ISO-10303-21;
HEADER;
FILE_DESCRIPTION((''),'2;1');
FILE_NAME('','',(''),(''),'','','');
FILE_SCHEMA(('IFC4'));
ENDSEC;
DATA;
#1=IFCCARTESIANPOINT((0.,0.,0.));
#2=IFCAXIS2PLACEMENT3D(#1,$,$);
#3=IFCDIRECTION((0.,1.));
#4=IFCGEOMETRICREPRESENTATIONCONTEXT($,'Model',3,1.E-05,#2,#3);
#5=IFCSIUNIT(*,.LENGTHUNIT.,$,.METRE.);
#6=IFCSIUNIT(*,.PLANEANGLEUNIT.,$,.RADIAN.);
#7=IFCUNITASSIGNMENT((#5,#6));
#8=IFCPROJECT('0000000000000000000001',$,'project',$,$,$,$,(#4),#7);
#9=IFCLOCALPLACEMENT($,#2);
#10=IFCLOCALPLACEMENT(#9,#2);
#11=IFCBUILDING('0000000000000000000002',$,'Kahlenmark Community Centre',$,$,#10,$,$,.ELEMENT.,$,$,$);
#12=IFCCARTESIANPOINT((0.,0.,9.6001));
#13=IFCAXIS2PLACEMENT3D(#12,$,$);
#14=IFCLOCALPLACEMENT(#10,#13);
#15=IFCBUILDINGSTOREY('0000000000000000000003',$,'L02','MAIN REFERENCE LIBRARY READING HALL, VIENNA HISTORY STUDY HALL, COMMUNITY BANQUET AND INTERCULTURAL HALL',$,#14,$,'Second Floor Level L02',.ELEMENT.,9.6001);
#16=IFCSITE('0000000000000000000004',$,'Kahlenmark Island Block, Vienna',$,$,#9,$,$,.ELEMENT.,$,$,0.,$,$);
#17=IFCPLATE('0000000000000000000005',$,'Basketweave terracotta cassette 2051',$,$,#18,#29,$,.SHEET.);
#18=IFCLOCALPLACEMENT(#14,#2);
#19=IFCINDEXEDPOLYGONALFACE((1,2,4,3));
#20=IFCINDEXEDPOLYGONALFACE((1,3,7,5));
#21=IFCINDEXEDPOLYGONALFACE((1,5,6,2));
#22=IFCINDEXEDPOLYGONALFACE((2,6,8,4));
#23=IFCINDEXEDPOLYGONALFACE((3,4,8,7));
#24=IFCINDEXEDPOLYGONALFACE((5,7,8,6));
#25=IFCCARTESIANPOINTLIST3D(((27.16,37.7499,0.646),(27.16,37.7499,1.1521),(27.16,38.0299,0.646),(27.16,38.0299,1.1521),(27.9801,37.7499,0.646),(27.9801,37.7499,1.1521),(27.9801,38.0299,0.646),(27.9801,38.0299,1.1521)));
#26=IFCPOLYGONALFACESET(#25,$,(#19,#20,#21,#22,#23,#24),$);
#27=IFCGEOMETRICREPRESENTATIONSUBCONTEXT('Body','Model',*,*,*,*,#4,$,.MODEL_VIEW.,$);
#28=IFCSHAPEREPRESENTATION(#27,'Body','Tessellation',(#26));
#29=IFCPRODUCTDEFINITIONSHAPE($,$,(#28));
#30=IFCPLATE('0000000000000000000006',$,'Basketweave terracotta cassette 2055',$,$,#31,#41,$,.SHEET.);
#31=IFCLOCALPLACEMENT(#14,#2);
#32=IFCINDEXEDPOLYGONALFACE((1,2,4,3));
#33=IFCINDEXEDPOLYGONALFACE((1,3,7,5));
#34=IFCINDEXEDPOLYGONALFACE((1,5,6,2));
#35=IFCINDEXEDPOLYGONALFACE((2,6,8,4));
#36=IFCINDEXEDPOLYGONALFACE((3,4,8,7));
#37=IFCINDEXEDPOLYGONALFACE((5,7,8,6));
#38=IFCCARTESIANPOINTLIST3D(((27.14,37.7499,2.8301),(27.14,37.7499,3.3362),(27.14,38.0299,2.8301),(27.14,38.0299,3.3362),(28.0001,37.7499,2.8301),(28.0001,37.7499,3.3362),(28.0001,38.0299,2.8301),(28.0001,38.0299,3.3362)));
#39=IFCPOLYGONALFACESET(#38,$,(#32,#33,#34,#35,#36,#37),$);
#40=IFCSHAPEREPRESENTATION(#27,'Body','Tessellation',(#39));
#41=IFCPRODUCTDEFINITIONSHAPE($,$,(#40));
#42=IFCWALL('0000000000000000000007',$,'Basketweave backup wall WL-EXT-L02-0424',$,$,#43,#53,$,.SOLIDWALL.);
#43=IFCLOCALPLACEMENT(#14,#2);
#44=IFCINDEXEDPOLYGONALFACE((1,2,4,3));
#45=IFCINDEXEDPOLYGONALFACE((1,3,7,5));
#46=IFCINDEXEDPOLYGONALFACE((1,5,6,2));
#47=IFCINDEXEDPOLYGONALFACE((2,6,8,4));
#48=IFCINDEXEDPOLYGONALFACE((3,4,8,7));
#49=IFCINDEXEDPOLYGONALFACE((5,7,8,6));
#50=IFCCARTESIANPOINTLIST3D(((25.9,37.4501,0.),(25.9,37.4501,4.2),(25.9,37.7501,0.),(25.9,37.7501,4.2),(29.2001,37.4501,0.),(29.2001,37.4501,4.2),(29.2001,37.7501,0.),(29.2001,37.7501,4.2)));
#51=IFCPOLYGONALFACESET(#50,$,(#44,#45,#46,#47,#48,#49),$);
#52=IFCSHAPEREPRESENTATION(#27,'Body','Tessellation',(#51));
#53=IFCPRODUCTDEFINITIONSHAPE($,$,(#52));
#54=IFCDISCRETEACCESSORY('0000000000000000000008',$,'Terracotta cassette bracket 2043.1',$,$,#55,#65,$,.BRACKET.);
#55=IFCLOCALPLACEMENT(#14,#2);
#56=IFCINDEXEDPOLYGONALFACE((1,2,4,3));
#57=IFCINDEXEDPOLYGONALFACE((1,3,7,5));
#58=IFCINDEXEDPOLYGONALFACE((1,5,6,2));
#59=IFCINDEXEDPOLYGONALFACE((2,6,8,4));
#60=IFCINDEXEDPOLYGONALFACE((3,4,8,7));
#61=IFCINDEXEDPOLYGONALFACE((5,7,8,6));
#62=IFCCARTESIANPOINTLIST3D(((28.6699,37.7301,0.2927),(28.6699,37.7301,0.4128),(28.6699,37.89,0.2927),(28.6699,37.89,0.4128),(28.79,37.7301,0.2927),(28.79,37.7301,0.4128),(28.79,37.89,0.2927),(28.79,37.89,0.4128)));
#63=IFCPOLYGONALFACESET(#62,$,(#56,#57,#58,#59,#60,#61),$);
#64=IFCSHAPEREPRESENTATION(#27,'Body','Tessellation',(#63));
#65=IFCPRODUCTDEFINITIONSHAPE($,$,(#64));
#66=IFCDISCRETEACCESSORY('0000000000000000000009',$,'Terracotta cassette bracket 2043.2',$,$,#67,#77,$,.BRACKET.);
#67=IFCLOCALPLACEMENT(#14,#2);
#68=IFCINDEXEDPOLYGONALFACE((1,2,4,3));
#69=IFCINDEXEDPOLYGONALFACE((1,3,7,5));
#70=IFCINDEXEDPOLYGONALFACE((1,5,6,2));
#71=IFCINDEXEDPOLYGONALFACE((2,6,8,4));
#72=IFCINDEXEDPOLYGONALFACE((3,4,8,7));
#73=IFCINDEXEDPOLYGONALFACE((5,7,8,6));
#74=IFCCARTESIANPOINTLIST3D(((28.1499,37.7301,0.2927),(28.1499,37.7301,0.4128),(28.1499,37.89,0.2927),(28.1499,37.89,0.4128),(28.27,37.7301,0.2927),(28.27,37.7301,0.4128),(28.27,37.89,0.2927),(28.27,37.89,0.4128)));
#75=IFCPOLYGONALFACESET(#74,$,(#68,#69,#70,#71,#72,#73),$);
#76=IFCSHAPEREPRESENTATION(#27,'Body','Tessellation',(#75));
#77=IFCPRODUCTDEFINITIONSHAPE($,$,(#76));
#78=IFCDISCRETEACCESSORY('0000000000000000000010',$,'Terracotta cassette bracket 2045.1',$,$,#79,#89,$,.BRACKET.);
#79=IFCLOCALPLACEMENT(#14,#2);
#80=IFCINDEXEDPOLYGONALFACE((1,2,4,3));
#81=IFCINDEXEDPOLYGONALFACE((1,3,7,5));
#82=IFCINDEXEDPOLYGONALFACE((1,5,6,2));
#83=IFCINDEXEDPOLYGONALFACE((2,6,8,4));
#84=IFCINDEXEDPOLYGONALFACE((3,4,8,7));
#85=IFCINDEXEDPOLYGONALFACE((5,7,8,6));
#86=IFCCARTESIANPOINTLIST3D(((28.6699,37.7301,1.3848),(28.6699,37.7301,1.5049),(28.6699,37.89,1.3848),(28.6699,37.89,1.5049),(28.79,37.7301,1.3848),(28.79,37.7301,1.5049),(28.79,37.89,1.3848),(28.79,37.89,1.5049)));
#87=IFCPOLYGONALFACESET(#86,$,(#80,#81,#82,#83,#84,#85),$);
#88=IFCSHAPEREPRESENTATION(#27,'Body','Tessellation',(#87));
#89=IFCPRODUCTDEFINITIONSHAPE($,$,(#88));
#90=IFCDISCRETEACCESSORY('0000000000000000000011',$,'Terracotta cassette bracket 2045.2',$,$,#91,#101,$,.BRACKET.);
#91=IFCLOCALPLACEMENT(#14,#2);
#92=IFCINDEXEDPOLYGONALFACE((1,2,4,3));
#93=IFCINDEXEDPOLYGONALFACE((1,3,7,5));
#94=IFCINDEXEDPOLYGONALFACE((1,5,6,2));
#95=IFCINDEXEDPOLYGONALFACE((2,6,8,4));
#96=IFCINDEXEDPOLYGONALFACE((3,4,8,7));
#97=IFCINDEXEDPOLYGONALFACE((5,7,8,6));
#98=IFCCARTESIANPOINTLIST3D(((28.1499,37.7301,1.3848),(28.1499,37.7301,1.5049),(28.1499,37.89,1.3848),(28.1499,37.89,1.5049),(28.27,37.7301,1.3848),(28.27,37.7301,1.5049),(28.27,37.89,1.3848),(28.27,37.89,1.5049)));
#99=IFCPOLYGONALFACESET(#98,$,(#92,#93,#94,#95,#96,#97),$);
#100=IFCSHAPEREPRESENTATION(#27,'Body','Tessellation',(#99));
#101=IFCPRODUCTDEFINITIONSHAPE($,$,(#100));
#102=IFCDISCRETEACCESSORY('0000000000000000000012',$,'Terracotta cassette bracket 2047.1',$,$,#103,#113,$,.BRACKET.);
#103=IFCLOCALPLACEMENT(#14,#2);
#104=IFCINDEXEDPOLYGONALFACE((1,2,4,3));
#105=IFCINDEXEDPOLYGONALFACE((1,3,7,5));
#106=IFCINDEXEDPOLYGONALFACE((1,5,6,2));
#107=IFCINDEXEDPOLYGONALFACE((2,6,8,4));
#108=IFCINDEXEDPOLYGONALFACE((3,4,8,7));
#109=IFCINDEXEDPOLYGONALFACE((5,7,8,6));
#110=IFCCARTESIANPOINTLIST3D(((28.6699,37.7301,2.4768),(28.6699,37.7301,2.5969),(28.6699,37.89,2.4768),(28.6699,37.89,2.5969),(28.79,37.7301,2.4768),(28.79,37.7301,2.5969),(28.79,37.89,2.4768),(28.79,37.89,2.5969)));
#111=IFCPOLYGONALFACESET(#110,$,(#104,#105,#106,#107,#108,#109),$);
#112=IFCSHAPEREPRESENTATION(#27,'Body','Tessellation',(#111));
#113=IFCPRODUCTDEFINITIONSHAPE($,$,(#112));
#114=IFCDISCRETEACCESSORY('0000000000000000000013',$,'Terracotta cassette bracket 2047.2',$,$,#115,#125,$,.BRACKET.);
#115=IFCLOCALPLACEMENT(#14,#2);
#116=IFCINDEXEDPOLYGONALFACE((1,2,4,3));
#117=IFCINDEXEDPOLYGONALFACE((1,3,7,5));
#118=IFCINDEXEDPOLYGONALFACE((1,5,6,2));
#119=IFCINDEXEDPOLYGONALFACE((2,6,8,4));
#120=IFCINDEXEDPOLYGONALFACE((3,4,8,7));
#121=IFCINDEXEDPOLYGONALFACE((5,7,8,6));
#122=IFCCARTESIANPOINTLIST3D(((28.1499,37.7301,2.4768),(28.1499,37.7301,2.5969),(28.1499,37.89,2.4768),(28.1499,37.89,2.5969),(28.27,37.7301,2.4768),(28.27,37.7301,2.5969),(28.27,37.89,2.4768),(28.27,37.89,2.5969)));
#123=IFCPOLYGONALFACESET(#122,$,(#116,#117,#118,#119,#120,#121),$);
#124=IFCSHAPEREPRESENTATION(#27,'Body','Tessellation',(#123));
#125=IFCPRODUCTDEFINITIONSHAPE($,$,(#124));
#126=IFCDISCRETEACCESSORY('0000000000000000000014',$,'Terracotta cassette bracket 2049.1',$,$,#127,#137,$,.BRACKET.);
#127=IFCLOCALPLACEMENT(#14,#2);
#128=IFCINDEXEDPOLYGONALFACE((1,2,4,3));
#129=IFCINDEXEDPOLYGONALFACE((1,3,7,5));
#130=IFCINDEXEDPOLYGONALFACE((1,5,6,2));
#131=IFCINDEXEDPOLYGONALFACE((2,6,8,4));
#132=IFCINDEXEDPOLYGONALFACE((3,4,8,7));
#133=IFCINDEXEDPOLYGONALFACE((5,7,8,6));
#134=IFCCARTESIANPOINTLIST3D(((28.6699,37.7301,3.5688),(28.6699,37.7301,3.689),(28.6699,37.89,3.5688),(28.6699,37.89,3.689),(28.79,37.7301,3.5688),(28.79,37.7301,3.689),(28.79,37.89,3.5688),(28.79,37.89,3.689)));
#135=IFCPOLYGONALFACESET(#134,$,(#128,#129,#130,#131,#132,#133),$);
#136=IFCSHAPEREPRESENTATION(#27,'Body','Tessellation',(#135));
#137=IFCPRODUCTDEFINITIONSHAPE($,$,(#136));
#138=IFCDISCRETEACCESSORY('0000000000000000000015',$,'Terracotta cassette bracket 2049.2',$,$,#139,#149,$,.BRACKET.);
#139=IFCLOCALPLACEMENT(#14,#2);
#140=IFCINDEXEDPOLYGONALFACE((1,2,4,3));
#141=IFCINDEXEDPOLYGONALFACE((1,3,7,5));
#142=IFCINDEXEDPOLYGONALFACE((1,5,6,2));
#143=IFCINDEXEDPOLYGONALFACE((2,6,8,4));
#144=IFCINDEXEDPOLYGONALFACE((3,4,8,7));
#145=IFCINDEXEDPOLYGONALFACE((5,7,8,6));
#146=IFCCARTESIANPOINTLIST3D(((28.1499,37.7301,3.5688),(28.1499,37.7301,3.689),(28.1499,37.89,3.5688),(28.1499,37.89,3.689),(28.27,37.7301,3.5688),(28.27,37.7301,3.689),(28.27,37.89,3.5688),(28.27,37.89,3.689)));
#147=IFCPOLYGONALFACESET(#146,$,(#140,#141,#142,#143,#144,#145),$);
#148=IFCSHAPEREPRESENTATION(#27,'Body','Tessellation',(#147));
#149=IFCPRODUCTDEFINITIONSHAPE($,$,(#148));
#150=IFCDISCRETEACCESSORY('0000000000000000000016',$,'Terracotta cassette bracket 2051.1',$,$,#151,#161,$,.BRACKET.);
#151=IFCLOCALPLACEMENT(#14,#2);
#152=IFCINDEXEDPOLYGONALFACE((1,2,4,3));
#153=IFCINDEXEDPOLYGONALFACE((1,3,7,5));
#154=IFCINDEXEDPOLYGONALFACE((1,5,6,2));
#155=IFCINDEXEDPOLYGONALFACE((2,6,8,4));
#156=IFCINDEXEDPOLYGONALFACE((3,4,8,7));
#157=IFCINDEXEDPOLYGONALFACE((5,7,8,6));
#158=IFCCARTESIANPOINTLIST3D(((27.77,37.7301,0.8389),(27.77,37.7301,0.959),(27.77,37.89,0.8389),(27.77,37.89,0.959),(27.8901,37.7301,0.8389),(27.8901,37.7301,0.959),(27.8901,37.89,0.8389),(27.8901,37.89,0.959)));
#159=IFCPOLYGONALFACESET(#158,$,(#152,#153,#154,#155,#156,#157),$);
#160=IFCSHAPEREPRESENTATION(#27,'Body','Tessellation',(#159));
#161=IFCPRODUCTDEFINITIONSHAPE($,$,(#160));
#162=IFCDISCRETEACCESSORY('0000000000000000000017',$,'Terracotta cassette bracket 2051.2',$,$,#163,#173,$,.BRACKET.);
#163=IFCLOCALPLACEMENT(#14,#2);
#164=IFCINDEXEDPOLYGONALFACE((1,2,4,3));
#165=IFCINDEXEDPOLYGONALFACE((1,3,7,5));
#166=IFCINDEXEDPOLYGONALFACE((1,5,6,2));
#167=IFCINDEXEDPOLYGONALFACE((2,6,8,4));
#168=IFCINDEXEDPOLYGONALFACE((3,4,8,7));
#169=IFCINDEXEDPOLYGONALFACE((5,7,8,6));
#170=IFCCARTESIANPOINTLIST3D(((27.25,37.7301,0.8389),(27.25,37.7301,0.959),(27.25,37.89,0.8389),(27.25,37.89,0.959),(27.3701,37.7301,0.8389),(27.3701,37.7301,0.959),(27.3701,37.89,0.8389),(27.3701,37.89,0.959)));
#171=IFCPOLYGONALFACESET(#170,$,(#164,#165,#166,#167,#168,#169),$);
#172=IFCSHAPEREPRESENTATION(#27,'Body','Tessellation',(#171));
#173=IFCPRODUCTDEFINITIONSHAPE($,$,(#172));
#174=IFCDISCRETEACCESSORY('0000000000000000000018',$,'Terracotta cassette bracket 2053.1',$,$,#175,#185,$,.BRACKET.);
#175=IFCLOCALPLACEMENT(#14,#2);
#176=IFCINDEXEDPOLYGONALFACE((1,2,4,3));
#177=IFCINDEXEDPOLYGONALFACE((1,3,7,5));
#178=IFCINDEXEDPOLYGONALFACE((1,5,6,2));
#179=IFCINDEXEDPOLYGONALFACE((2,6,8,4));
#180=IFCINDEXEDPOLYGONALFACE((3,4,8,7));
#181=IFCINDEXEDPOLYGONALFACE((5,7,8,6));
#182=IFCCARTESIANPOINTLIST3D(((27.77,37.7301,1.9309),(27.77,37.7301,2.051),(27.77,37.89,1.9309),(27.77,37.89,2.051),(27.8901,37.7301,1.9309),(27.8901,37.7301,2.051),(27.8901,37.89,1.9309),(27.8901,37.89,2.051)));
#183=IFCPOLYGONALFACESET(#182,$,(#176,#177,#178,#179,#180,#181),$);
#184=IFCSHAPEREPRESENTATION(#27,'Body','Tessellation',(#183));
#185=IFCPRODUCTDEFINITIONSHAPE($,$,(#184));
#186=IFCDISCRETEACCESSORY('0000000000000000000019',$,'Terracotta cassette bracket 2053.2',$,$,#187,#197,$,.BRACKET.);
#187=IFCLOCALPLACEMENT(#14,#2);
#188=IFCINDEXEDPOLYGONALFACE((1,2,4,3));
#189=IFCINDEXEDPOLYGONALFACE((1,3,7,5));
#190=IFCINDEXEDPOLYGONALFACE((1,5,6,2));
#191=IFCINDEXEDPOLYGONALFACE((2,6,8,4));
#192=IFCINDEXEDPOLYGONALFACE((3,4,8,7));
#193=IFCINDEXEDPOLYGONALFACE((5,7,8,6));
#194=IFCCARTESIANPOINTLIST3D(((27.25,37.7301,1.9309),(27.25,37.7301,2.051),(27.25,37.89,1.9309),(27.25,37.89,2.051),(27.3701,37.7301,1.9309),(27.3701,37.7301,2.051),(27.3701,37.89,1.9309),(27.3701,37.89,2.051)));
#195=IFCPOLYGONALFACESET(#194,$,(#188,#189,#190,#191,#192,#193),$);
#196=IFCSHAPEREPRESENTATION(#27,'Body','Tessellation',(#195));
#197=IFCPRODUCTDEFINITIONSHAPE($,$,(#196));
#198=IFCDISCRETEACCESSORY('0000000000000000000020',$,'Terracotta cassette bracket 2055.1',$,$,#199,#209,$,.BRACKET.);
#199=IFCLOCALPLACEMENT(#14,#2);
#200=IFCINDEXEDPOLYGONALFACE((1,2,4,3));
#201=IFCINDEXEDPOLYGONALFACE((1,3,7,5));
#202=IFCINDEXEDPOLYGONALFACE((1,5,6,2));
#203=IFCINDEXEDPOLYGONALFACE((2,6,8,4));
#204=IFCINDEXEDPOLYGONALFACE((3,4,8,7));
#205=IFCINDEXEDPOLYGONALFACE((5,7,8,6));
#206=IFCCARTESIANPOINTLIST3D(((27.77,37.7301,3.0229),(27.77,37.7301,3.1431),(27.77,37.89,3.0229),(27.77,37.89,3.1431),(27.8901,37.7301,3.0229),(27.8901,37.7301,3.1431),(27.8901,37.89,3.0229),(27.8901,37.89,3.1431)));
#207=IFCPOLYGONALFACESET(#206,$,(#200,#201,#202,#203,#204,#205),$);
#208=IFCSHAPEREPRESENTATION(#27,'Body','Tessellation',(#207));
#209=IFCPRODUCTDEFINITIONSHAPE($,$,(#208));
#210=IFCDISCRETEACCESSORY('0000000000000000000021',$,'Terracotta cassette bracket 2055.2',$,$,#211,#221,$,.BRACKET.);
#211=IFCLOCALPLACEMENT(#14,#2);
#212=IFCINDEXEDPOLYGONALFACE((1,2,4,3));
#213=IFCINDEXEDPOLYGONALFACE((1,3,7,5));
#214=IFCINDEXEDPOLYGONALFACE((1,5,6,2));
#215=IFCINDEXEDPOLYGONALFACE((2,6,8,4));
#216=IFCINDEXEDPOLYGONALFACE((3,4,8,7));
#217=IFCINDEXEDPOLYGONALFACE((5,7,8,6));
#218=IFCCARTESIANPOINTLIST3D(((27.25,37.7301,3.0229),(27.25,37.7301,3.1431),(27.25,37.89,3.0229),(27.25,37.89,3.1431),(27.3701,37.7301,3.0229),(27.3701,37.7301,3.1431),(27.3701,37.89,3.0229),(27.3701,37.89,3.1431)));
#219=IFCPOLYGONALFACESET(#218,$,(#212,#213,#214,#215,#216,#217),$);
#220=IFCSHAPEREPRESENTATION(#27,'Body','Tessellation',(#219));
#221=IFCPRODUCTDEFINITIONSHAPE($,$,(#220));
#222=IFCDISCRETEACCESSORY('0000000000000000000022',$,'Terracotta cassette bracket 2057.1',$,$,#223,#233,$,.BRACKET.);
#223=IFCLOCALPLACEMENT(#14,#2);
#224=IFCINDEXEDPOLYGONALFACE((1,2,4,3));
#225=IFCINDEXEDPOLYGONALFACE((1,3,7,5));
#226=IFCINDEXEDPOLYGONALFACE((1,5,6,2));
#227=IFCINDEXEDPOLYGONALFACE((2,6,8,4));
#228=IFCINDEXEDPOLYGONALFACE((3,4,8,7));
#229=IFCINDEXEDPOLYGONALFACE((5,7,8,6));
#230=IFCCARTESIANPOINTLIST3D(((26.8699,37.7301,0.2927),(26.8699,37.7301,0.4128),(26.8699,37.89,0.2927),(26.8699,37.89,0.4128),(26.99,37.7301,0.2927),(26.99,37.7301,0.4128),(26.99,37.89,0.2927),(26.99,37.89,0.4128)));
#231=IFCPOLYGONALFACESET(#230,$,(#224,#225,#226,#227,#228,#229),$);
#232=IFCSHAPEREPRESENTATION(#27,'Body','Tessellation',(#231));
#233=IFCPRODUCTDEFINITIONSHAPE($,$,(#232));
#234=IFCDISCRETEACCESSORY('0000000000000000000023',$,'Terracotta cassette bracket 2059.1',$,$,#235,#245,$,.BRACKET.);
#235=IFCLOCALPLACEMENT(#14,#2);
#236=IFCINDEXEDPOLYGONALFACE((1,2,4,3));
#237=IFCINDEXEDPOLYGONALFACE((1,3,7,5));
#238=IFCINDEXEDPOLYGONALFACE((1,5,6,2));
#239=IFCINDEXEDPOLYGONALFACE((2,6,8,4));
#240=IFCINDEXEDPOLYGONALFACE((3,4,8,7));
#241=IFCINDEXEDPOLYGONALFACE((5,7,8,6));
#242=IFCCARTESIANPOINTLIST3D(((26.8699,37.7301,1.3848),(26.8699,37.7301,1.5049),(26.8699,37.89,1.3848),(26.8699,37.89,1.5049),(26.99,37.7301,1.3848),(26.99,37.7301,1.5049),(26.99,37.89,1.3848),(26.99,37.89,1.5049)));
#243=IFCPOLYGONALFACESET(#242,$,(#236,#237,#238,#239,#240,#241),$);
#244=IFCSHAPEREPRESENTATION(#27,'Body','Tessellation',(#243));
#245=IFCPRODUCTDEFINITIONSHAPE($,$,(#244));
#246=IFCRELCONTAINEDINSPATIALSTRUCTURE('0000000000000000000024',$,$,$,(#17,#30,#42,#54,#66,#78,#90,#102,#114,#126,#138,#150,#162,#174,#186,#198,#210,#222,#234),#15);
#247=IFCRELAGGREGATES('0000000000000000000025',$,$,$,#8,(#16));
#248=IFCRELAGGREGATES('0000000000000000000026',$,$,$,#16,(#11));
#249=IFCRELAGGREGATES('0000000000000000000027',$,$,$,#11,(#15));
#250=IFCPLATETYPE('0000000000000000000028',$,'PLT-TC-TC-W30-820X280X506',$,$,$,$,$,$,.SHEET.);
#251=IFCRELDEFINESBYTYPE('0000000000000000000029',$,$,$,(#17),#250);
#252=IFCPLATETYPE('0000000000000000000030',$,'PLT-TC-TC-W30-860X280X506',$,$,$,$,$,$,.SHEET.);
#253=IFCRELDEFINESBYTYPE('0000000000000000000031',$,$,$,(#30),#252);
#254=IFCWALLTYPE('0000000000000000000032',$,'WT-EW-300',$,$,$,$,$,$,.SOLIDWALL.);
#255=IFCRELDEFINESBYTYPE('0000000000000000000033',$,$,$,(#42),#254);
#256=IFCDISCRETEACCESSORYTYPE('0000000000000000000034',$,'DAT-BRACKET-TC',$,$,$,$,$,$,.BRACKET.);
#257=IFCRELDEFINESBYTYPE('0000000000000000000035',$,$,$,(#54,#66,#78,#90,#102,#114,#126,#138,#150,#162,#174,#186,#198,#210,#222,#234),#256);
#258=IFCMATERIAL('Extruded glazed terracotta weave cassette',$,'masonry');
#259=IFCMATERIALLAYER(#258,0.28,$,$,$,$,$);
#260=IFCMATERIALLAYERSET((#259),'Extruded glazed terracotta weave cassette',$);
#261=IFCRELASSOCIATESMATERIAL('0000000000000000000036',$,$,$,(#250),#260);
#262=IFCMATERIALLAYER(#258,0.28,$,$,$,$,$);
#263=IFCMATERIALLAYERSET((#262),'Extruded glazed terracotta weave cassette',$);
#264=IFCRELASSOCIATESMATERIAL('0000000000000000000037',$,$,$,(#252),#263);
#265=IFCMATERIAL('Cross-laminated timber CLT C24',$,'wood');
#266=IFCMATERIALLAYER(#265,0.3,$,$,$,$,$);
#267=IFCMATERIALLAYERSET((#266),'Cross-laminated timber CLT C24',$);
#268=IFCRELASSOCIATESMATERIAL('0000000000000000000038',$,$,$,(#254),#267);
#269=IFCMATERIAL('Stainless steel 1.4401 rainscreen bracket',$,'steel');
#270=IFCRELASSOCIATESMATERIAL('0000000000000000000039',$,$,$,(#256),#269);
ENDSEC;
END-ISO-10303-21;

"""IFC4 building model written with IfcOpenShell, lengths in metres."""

from ifc_helpers import new_model, si_unit, direction, frame, frame_2d, origin, origin_2d, place, context, subcontext, project, spatial, rectangle, extrude, material, layer, layer_set, type_object, element, save


model = new_model("IFC4")

# Units and contexts
model_context = context("Model", 3, precision=1e-05, world=origin(), true_north=direction((0.0, 1.0)))
body_context = subcontext(model_context, "Body", "Model", "MODEL_VIEW")
ifc_project = project(units=[si_unit("LENGTHUNIT", "METRE"), si_unit("PLANEANGLEUNIT", "RADIAN")], contexts=[model_context])

# Site, building, storey
site_placement = place(None, origin())
site = spatial("IfcSite", under=ifc_project, at=site_placement, Name="Kahlenmark Island Block, Vienna", CompositionType="ELEMENT", RefElevation=0.0)
building_placement = place(site_placement, origin())
building = spatial("IfcBuilding", under=site, at=building_placement, Name="Kahlenmark Community Centre", CompositionType="ELEMENT")
storey_placement = place(building_placement, frame((0.0, 0.0, 9.6001)))
storey = spatial("IfcBuildingStorey", under=building, at=storey_placement, Name="L02", Description="MAIN REFERENCE LIBRARY READING HALL, VIENNA HISTORY STUDY HALL, COMMUNITY BANQUET AND INTERCULTURAL HALL", LongName="Second Floor Level L02", CompositionType="ELEMENT", Elevation=9.6001)

# Plates
ifc_material_1 = material(Name="Extruded glazed terracotta weave cassette", Category="masonry")
ifc_layer_1 = layer(ifc_material_1, 0.28)
ifc_layer_set_1 = layer_set([ifc_layer_1], Name="Extruded glazed terracotta weave cassette")
plate_type_1 = type_object("IfcPlateType", Name="PLT-TC-TC-W30-820X280X506", PredefinedType="SHEET", material=ifc_layer_set_1)
plate_1_placement = place(storey_placement, frame((27.5701, 37.8899, 0.646), z_axis=(0.0, 0.0, 1.0), x_axis=(-1.0, 0.0, 0.0)))
element("IfcPlate", 1, at=plate_1_placement, inside=storey, type_object=plate_type_1, Name="Basketweave terracotta cassette 2051", PredefinedType="SHEET", context=body_context, shape_type="SweptSolid", body=[
    extrude(rectangle(XDim=0.8201, YDim=0.28, at=origin_2d()), origin(), (0.0, 0.0, 1.0), 0.5061),
])
ifc_layer_2 = layer(ifc_material_1, 0.28)
ifc_layer_set_2 = layer_set([ifc_layer_2], Name="Extruded glazed terracotta weave cassette")
plate_type_2 = type_object("IfcPlateType", Name="PLT-TC-TC-W30-860X280X506", PredefinedType="SHEET", material=ifc_layer_set_2)
plate_2_placement = place(storey_placement, frame((27.5701, 37.8899, 2.8301), z_axis=(0.0, 0.0, 1.0), x_axis=(-1.0, 0.0, 0.0)))
element("IfcPlate", 2, at=plate_2_placement, inside=storey, type_object=plate_type_2, Name="Basketweave terracotta cassette 2055", PredefinedType="SHEET", context=body_context, shape_type="SweptSolid", body=[
    extrude(rectangle(XDim=0.8601, YDim=0.28, at=origin_2d()), origin(), (0.0, 0.0, 1.0), 0.5061),
])

# Wall
ifc_material_2 = material(Name="Cross-laminated timber CLT C24", Category="wood")
ifc_layer_3 = layer(ifc_material_2, 0.3)
ifc_layer_set_3 = layer_set([ifc_layer_3], Name="Cross-laminated timber CLT C24")
wall_type = type_object("IfcWallType", Name="WT-EW-300", PredefinedType="SOLIDWALL", material=ifc_layer_set_3)
wall_placement = place(storey_placement, frame((29.2, 37.6001, 0.0), z_axis=(0.0, 0.0, 1.0), x_axis=(-1.0, 0.0, 0.0)))
element("IfcWall", 3, at=wall_placement, inside=storey, type_object=wall_type, Name="Basketweave backup wall WL-EXT-L02-0424", PredefinedType="SOLIDWALL", context=body_context, shape_type="SweptSolid", body=[
    extrude(rectangle(XDim=3.3, YDim=0.3, at=frame_2d((1.6499, 0.0))), origin(), (0.0, 0.0, 1.0), 4.2),
])

# Discrete accessories
ifc_material_3 = material(Name="Stainless steel 1.4401 rainscreen bracket", Category="steel")
discrete_accessory_type = type_object("IfcDiscreteAccessoryType", Name="DAT-BRACKET-TC", PredefinedType="BRACKET", material=ifc_material_3)
for number, where, z_axis, x_axis, name in (
    (4, (28.73, 37.8101, 0.2927), (0.0, 0.0, 1.0), (-1.0, 0.0, 0.0), "Terracotta cassette bracket 2043.1"),
    (5, (28.21, 37.8101, 0.2927), (0.0, 0.0, 1.0), (-1.0, 0.0, 0.0), "Terracotta cassette bracket 2043.2"),
    (6, (28.73, 37.8101, 1.3848), (0.0, 0.0, 1.0), (-1.0, 0.0, 0.0), "Terracotta cassette bracket 2045.1"),
    (7, (28.21, 37.8101, 1.3848), (0.0, 0.0, 1.0), (-1.0, 0.0, 0.0), "Terracotta cassette bracket 2045.2"),
    (8, (28.73, 37.8101, 2.4768), (0.0, 0.0, 1.0), (-1.0, 0.0, 0.0), "Terracotta cassette bracket 2047.1"),
    (9, (28.21, 37.8101, 2.4768), (0.0, 0.0, 1.0), (-1.0, 0.0, 0.0), "Terracotta cassette bracket 2047.2"),
    (10, (28.73, 37.8101, 3.5688), (0.0, 0.0, 1.0), (-1.0, 0.0, 0.0), "Terracotta cassette bracket 2049.1"),
    (11, (28.21, 37.8101, 3.5688), (0.0, 0.0, 1.0), (-1.0, 0.0, 0.0), "Terracotta cassette bracket 2049.2"),
    (12, (27.8301, 37.8101, 0.8389), (0.0, 0.0, 1.0), (-1.0, 0.0, 0.0), "Terracotta cassette bracket 2051.1"),
    (13, (27.3101, 37.8101, 0.8389), (0.0, 0.0, 1.0), (-1.0, 0.0, 0.0), "Terracotta cassette bracket 2051.2"),
    (14, (27.8301, 37.8101, 1.9309), (0.0, 0.0, 1.0), (-1.0, 0.0, 0.0), "Terracotta cassette bracket 2053.1"),
    (15, (27.3101, 37.8101, 1.9309), (0.0, 0.0, 1.0), (-1.0, 0.0, 0.0), "Terracotta cassette bracket 2053.2"),
    (16, (27.8301, 37.8101, 3.0229), (0.0, 0.0, 1.0), (-1.0, 0.0, 0.0), "Terracotta cassette bracket 2055.1"),
    (17, (27.3101, 37.8101, 3.0229), (0.0, 0.0, 1.0), (-1.0, 0.0, 0.0), "Terracotta cassette bracket 2055.2"),
    (18, (26.9299, 37.8101, 0.2927), (0.0, 0.0, 1.0), (-1.0, 0.0, 0.0), "Terracotta cassette bracket 2057.1"),
    (19, (26.9299, 37.8101, 1.3848), (0.0, 0.0, 1.0), (-1.0, 0.0, 0.0), "Terracotta cassette bracket 2059.1"),
):
    element("IfcDiscreteAccessory", number, at=place(storey_placement, frame(where, z_axis=z_axis, x_axis=x_axis)), inside=storey, type_object=discrete_accessory_type, Name=name, PredefinedType="BRACKET", context=body_context, shape_type="SweptSolid", body=[
        extrude(rectangle(XDim=0.1201, YDim=0.1599, at=origin_2d()), origin(), (0.0, 0.0, 1.0), 0.1201),
    ])

save(model, "model.ifc")
